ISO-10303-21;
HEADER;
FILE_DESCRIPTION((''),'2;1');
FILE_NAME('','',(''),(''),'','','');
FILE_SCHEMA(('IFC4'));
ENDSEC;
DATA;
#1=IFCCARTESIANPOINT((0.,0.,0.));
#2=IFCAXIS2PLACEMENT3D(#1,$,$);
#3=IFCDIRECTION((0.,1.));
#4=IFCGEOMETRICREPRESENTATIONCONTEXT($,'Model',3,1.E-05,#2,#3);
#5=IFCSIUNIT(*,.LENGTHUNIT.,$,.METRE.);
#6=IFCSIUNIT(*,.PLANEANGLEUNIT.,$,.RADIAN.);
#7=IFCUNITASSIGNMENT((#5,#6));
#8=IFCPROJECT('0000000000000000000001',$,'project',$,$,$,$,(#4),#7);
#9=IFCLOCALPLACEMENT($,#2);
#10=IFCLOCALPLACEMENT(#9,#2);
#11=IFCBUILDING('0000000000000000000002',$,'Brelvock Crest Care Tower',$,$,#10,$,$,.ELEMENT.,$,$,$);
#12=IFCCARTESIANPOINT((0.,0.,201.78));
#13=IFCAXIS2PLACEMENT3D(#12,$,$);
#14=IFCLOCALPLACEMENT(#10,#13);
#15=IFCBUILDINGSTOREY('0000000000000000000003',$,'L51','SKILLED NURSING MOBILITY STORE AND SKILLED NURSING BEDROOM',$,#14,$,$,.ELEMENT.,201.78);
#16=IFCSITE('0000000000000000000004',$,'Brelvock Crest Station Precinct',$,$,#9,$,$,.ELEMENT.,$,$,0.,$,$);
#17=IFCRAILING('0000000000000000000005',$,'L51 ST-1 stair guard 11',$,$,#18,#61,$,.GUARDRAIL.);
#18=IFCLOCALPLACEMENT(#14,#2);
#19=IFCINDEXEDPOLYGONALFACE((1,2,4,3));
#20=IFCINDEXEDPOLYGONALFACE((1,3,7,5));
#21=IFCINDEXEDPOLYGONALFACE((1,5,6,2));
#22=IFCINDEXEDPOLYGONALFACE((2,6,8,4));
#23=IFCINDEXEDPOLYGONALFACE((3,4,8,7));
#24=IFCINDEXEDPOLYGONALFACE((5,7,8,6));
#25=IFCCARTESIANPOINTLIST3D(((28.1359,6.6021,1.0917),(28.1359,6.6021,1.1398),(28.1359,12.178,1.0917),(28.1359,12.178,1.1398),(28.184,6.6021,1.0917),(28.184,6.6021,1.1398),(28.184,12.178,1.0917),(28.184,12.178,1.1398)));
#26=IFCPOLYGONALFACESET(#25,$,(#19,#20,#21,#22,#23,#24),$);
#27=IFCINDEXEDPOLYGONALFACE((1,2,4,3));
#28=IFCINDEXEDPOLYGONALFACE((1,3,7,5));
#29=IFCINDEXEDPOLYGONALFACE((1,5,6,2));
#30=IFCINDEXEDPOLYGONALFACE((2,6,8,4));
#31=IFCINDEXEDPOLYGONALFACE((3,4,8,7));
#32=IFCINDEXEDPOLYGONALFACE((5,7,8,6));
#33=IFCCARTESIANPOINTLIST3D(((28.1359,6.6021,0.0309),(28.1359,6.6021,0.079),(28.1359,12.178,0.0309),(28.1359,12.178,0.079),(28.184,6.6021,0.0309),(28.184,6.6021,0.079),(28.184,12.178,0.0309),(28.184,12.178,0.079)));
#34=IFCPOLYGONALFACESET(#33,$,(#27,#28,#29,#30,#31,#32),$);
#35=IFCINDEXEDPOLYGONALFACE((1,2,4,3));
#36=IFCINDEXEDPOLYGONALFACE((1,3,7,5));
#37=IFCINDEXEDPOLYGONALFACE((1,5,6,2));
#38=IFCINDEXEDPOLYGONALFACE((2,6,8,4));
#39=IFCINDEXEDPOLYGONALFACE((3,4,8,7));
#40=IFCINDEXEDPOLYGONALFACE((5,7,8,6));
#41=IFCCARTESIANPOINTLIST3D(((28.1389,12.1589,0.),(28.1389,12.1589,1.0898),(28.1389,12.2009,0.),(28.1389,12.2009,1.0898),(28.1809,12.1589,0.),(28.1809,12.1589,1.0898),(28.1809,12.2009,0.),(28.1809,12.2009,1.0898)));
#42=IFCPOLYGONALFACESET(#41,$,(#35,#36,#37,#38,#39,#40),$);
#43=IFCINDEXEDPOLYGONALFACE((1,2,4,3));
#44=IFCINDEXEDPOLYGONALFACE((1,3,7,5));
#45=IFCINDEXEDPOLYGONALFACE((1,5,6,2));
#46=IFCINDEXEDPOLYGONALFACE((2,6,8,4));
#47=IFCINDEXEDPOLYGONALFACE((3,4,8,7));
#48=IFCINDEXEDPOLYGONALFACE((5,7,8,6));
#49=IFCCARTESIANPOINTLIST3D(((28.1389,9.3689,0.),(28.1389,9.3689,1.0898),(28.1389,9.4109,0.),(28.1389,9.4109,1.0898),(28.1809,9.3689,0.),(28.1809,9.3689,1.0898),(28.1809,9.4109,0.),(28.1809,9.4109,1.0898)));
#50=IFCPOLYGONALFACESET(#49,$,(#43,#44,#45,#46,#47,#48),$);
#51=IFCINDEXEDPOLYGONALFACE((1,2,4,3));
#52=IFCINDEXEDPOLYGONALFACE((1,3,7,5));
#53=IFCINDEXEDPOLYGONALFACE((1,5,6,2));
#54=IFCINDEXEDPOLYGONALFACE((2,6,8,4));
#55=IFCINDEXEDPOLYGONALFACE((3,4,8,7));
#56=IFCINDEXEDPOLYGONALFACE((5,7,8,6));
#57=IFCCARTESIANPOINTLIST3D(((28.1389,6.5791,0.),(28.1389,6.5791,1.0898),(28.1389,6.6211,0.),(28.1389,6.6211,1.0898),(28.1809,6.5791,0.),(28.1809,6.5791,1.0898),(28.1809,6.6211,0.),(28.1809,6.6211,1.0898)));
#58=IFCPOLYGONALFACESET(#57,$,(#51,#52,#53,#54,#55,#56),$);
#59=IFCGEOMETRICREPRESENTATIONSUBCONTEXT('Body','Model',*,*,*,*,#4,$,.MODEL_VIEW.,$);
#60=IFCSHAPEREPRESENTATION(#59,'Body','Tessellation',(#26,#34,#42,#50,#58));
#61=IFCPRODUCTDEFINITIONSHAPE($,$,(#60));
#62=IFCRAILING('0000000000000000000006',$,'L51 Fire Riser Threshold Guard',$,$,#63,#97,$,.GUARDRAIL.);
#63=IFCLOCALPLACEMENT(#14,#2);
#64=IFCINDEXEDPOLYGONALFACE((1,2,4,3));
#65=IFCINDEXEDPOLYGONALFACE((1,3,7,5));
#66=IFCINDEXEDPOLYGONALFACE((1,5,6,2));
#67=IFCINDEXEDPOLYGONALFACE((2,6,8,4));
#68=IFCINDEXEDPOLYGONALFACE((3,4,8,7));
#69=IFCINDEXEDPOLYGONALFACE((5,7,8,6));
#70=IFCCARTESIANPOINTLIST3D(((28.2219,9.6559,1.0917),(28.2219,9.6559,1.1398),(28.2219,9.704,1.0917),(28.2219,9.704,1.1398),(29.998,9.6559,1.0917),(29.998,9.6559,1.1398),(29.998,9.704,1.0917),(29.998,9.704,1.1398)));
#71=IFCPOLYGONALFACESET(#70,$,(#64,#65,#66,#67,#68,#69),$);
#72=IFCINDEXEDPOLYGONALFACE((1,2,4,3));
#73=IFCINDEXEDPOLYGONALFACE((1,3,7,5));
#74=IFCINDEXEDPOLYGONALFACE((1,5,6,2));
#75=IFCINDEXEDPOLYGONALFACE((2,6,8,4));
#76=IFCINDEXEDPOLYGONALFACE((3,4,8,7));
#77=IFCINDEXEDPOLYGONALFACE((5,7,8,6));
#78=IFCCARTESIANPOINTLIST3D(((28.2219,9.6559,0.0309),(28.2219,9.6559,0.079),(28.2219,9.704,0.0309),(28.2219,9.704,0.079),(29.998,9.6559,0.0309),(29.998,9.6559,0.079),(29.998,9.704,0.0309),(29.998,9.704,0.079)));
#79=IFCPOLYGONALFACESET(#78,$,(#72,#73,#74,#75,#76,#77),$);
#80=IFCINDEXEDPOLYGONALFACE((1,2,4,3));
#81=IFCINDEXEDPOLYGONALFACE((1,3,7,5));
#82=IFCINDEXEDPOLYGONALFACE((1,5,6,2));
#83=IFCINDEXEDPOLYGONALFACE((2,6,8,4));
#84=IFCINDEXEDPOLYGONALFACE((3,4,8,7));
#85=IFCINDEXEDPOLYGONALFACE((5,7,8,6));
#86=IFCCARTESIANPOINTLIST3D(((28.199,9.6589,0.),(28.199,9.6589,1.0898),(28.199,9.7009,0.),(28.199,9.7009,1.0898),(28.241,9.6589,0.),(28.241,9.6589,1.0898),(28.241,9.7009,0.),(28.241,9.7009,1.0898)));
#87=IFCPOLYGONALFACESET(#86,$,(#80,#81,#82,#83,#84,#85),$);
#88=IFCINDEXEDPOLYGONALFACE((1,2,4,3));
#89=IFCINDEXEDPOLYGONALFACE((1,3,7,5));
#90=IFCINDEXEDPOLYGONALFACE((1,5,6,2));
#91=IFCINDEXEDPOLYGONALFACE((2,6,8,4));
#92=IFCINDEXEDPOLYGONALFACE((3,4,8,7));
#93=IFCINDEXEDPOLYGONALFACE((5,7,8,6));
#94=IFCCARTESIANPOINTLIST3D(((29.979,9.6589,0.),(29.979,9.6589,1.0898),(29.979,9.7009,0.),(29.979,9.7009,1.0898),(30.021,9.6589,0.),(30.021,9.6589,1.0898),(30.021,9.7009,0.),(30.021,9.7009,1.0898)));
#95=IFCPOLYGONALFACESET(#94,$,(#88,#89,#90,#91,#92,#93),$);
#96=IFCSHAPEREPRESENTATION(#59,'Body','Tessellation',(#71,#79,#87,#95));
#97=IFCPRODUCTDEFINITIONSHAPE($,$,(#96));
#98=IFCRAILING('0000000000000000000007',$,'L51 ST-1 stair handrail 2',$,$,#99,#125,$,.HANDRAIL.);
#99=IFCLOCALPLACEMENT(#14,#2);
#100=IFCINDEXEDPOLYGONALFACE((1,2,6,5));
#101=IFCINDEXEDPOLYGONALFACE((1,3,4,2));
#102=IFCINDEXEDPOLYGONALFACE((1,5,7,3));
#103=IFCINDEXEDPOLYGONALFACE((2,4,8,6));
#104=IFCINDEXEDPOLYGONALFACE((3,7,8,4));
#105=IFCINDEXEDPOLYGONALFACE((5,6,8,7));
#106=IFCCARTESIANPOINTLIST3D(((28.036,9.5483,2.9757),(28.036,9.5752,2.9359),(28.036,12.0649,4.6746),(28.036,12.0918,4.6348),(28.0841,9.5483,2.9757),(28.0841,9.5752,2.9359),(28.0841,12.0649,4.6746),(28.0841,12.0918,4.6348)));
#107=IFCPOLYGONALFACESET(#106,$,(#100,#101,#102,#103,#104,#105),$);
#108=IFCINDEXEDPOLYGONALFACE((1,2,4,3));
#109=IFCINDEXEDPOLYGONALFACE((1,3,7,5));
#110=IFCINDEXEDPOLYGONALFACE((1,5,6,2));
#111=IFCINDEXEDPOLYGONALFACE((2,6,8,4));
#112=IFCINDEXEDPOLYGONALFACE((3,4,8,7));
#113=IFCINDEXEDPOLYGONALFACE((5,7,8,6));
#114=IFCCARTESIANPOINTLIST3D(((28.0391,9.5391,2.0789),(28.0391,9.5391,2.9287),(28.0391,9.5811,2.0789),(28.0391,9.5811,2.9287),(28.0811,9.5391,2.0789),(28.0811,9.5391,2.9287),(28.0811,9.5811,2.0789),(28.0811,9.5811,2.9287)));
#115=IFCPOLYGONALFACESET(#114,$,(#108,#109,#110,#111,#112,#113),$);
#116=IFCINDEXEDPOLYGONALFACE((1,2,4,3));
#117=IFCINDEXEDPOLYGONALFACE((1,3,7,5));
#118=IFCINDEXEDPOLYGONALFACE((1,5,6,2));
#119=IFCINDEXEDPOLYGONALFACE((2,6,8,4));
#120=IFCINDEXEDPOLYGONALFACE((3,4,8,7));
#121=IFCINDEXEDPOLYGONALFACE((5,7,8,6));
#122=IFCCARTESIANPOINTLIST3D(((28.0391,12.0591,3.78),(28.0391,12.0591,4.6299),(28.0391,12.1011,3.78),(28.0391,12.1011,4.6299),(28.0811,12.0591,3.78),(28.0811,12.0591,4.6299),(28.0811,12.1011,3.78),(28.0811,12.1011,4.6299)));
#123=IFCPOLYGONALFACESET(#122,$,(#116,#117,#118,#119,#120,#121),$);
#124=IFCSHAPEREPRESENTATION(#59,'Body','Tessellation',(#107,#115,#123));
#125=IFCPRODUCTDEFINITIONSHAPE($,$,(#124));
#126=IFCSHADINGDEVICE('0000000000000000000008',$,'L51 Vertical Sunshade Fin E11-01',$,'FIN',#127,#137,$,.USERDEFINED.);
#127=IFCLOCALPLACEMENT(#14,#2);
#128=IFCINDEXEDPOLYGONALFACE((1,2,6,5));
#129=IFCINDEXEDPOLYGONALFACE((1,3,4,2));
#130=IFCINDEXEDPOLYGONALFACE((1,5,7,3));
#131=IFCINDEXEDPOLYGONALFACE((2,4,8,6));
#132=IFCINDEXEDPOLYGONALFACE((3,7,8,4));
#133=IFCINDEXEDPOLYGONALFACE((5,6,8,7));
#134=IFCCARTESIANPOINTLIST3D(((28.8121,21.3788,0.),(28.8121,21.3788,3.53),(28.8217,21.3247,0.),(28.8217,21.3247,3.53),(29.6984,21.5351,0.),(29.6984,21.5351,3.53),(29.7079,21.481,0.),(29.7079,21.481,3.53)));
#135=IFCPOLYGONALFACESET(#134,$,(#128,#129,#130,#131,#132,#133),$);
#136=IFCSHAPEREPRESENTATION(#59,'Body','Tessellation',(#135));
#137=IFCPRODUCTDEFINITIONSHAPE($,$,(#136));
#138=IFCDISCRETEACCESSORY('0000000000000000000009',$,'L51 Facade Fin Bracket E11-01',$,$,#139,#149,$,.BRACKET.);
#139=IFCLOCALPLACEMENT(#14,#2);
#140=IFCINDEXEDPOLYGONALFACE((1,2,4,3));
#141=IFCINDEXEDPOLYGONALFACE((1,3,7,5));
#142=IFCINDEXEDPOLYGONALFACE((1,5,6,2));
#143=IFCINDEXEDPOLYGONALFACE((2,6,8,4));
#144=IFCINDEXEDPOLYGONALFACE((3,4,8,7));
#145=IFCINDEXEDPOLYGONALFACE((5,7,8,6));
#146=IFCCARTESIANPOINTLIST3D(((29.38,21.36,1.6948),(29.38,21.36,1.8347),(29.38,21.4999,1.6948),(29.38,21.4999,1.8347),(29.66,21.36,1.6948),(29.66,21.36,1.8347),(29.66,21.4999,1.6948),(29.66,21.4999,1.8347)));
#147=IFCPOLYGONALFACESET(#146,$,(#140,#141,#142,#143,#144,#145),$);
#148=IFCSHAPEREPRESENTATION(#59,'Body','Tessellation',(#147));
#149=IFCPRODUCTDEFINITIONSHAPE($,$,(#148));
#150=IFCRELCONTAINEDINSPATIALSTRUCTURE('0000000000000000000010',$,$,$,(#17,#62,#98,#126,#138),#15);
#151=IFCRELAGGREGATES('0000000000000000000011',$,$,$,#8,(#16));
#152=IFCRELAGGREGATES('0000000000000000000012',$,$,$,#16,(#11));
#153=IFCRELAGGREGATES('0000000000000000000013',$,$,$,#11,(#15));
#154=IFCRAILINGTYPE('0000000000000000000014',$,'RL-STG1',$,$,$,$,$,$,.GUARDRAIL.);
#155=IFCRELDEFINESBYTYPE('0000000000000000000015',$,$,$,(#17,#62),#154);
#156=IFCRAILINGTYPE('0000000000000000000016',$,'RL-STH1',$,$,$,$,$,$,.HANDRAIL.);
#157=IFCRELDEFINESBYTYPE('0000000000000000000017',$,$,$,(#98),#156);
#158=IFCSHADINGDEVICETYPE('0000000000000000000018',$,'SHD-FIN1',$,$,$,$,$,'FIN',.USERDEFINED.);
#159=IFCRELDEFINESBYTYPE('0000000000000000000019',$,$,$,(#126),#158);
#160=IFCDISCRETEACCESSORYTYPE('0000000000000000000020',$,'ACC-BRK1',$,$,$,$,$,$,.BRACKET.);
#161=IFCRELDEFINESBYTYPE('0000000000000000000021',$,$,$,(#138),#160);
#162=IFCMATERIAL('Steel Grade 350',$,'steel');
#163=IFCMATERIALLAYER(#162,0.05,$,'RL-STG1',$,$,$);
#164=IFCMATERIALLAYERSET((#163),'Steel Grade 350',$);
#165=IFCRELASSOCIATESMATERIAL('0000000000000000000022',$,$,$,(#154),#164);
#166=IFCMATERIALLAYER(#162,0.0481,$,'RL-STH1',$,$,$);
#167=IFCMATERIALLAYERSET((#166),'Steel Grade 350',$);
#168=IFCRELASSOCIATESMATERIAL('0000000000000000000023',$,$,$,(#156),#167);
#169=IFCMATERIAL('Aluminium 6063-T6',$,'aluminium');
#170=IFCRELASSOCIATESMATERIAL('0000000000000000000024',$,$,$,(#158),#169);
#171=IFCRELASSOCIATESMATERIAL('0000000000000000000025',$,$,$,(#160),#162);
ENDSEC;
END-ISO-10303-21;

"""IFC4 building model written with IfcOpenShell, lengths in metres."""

from ifc_helpers import new_model, si_unit, direction, frame, origin, origin_2d, place, context, subcontext, project, spatial, rectangle, extrude, source, transform, mapped, material, layer, layer_set, material_profile, profile_set, type_object, element, save


model = new_model("IFC4")

# Units and contexts
model_context = context("Model", 3, precision=1e-05, world=origin(), true_north=direction((0.0, 1.0)))
body_context = subcontext(model_context, "Body", "Model", "MODEL_VIEW")
ifc_project = project(units=[si_unit("LENGTHUNIT", "METRE"), si_unit("PLANEANGLEUNIT", "RADIAN")], contexts=[model_context])

# Site, building, storey
site_placement = place(None, origin())
site = spatial("IfcSite", under=ifc_project, at=site_placement, Name="Brelvock Crest Station Precinct", CompositionType="ELEMENT", RefElevation=0.0)
building_placement = place(site_placement, origin())
building = spatial("IfcBuilding", under=site, at=building_placement, Name="Brelvock Crest Care Tower", CompositionType="ELEMENT")
storey_placement = place(building_placement, frame((0.0, 0.0, 201.78)))
storey = spatial("IfcBuildingStorey", under=building, at=storey_placement, Name="L51", Description="SKILLED NURSING MOBILITY STORE AND SKILLED NURSING BEDROOM", CompositionType="ELEMENT", Elevation=201.78)

# Shared definitions
ifc_material_1 = material(Name="Steel Grade 350", Category="steel")

# Shared definitions
ifc_material_2 = material(Name="Aluminium 6063-T6", Category="aluminium")

# Railings
ifc_layer_1 = layer(ifc_material_1, 0.05, Name="RL-STG1")
ifc_layer_set_1 = layer_set([ifc_layer_1], Name="Steel Grade 350")
railing_type_1 = type_object("IfcRailingType", Name="RL-STG1", PredefinedType="GUARDRAIL", material=ifc_layer_set_1)
railing_1_placement = place(storey_placement, frame((28.1599, 12.1799, 0.0)))
element("IfcRailing", 1, at=railing_1_placement, inside=storey, type_object=railing_type_1, Name="L51 ST-1 stair guard 11", PredefinedType="GUARDRAIL", context=body_context, shape_type="SweptSolid", body=[
    extrude(rectangle(XDim=0.0481, YDim=0.0481, at=origin_2d()), frame((0.0, -0.002, 1.1157), z_axis=(0.0, -1.0, 0.0), x_axis=(1.0, 0.0, 0.0)), (0.0, 0.0, 1.0), 5.5759),
    extrude(rectangle(XDim=0.0481, YDim=0.0481, at=origin_2d()), frame((0.0, -0.002, 0.0549), z_axis=(0.0, -1.0, 0.0), x_axis=(1.0, 0.0, 0.0)), (0.0, 0.0, 1.0), 5.5759),
    extrude(rectangle(XDim=0.042, YDim=0.042, at=origin_2d()), origin(), (0.0, 0.0, 1.0), 1.0898),
    extrude(rectangle(XDim=0.042, YDim=0.042, at=origin_2d()), frame((0.0, -2.79, 0.0)), (0.0, 0.0, 1.0), 1.0898),
    extrude(rectangle(XDim=0.042, YDim=0.042, at=origin_2d()), frame((0.0, -5.5798, 0.0)), (0.0, 0.0, 1.0), 1.0898),
])
railing_2_placement = place(storey_placement, frame((28.22, 9.6799, 0.0)))
element("IfcRailing", 2, at=railing_2_placement, inside=storey, type_object=railing_type_1, Name="L51 Fire Riser Threshold Guard", PredefinedType="GUARDRAIL", context=body_context, shape_type="SweptSolid", body=[
    extrude(rectangle(XDim=0.0481, YDim=0.0481, at=origin_2d()), frame((0.002, 0.0, 1.1157), z_axis=(1.0, 0.0, 0.0), x_axis=(0.0, 1.0, 0.0)), (0.0, 0.0, 1.0), 1.7761),
    extrude(rectangle(XDim=0.0481, YDim=0.0481, at=origin_2d()), frame((0.002, 0.0, 0.0549), z_axis=(1.0, 0.0, 0.0), x_axis=(0.0, 1.0, 0.0)), (0.0, 0.0, 1.0), 1.7761),
    extrude(rectangle(XDim=0.042, YDim=0.042, at=origin_2d()), origin(), (0.0, 0.0, 1.0), 1.0898),
    extrude(rectangle(XDim=0.042, YDim=0.042, at=origin_2d()), frame((1.78, 0.0, 0.0)), (0.0, 0.0, 1.0), 1.0898),
])
ifc_layer_2 = layer(ifc_material_1, 0.0481, Name="RL-STH1")
ifc_layer_set_2 = layer_set([ifc_layer_2], Name="Steel Grade 350")
railing_type_2 = type_object("IfcRailingType", Name="RL-STH1", PredefinedType="HANDRAIL", material=ifc_layer_set_2)
railing_3_placement = place(storey_placement, frame((28.0601, 9.5601, 2.0789)))
element("IfcRailing", 3, at=railing_3_placement, inside=storey, type_object=railing_type_2, Name="L51 ST-1 stair handrail 2", PredefinedType="HANDRAIL", context=body_context, shape_type="SweptSolid", body=[
    extrude(rectangle(XDim=0.0481, YDim=0.0481, at=origin_2d()), frame((0.0, 0.0017, 0.877), z_axis=(0.0, 0.828824, 0.559509), x_axis=(-1.0, 0.0, 0.0)), (0.0, 0.0, 1.0), 3.0364),
    extrude(rectangle(XDim=0.042, YDim=0.042, at=origin_2d()), origin(), (0.0, 0.0, 1.0), 0.8499),
    extrude(rectangle(XDim=0.042, YDim=0.042, at=origin_2d()), frame((0.0, 2.52, 1.7012)), (0.0, 0.0, 1.0), 0.8499),
])

# Shading device
ifc_material_profile_1 = material_profile(ifc_material_2, rectangle(XDim=0.0549, YDim=0.8999, at=origin_2d()), Name="FIN55x900")
ifc_profile_set_1 = profile_set([ifc_material_profile_1], Name="Aluminium 6063-T6")
shading_device_type = type_object("IfcShadingDeviceType", Name="SHD-FIN1", ElementType="FIN", PredefinedType="USERDEFINED", material=ifc_profile_set_1)
shared_shape_1 = source(origin(), body_context, "Body", "SweptSolid", [
    extrude(rectangle(XDim=0.0549, YDim=0.8999, at=origin_2d()), origin(), (0.0, 0.0, 1.0), 3.53),
])
shading_device_placement = place(storey_placement, frame((29.26, 21.4299, 0.0), z_axis=(0.0, 0.0, 1.0), x_axis=(-0.173648, 0.984808, 0.0)))
element("IfcShadingDevice", 4, at=shading_device_placement, inside=storey, type_object=shading_device_type, Name="L51 Vertical Sunshade Fin E11-01", ObjectType="FIN", PredefinedType="USERDEFINED", context=body_context, shape_type="MappedRepresentation", body=[
    mapped(shared_shape_1, transform((0.0, 0.0, 0.0), x_axis=(1.0, 0.0, 0.0), y_axis=(0.0, 1.0, 0.0), z_axis=(0.0, 0.0, 1.0), scale=1.0)),
])

# Discrete accessory
discrete_accessory_type = type_object("IfcDiscreteAccessoryType", Name="ACC-BRK1", PredefinedType="BRACKET", material=ifc_material_1)
shared_shape_2 = source(origin(), body_context, "Body", "SweptSolid", [
    extrude(rectangle(XDim=0.28, YDim=0.1399, at=origin_2d()), origin(), (0.0, 0.0, 1.0), 0.1399),
])
discrete_accessory_placement = place(storey_placement, frame((29.52, 21.4299, 1.6948), z_axis=(0.0, 0.0, 1.0), x_axis=(-1.0, 0.0, 0.0)))
element("IfcDiscreteAccessory", 5, at=discrete_accessory_placement, inside=storey, type_object=discrete_accessory_type, Name="L51 Facade Fin Bracket E11-01", PredefinedType="BRACKET", context=body_context, shape_type="MappedRepresentation", body=[
    mapped(shared_shape_2, transform((0.0, 0.0, 0.0), x_axis=(1.0, 0.0, 0.0), y_axis=(0.0, 1.0, 0.0), z_axis=(0.0, 0.0, 1.0), scale=1.0)),
])

save(model, "model.ifc")
